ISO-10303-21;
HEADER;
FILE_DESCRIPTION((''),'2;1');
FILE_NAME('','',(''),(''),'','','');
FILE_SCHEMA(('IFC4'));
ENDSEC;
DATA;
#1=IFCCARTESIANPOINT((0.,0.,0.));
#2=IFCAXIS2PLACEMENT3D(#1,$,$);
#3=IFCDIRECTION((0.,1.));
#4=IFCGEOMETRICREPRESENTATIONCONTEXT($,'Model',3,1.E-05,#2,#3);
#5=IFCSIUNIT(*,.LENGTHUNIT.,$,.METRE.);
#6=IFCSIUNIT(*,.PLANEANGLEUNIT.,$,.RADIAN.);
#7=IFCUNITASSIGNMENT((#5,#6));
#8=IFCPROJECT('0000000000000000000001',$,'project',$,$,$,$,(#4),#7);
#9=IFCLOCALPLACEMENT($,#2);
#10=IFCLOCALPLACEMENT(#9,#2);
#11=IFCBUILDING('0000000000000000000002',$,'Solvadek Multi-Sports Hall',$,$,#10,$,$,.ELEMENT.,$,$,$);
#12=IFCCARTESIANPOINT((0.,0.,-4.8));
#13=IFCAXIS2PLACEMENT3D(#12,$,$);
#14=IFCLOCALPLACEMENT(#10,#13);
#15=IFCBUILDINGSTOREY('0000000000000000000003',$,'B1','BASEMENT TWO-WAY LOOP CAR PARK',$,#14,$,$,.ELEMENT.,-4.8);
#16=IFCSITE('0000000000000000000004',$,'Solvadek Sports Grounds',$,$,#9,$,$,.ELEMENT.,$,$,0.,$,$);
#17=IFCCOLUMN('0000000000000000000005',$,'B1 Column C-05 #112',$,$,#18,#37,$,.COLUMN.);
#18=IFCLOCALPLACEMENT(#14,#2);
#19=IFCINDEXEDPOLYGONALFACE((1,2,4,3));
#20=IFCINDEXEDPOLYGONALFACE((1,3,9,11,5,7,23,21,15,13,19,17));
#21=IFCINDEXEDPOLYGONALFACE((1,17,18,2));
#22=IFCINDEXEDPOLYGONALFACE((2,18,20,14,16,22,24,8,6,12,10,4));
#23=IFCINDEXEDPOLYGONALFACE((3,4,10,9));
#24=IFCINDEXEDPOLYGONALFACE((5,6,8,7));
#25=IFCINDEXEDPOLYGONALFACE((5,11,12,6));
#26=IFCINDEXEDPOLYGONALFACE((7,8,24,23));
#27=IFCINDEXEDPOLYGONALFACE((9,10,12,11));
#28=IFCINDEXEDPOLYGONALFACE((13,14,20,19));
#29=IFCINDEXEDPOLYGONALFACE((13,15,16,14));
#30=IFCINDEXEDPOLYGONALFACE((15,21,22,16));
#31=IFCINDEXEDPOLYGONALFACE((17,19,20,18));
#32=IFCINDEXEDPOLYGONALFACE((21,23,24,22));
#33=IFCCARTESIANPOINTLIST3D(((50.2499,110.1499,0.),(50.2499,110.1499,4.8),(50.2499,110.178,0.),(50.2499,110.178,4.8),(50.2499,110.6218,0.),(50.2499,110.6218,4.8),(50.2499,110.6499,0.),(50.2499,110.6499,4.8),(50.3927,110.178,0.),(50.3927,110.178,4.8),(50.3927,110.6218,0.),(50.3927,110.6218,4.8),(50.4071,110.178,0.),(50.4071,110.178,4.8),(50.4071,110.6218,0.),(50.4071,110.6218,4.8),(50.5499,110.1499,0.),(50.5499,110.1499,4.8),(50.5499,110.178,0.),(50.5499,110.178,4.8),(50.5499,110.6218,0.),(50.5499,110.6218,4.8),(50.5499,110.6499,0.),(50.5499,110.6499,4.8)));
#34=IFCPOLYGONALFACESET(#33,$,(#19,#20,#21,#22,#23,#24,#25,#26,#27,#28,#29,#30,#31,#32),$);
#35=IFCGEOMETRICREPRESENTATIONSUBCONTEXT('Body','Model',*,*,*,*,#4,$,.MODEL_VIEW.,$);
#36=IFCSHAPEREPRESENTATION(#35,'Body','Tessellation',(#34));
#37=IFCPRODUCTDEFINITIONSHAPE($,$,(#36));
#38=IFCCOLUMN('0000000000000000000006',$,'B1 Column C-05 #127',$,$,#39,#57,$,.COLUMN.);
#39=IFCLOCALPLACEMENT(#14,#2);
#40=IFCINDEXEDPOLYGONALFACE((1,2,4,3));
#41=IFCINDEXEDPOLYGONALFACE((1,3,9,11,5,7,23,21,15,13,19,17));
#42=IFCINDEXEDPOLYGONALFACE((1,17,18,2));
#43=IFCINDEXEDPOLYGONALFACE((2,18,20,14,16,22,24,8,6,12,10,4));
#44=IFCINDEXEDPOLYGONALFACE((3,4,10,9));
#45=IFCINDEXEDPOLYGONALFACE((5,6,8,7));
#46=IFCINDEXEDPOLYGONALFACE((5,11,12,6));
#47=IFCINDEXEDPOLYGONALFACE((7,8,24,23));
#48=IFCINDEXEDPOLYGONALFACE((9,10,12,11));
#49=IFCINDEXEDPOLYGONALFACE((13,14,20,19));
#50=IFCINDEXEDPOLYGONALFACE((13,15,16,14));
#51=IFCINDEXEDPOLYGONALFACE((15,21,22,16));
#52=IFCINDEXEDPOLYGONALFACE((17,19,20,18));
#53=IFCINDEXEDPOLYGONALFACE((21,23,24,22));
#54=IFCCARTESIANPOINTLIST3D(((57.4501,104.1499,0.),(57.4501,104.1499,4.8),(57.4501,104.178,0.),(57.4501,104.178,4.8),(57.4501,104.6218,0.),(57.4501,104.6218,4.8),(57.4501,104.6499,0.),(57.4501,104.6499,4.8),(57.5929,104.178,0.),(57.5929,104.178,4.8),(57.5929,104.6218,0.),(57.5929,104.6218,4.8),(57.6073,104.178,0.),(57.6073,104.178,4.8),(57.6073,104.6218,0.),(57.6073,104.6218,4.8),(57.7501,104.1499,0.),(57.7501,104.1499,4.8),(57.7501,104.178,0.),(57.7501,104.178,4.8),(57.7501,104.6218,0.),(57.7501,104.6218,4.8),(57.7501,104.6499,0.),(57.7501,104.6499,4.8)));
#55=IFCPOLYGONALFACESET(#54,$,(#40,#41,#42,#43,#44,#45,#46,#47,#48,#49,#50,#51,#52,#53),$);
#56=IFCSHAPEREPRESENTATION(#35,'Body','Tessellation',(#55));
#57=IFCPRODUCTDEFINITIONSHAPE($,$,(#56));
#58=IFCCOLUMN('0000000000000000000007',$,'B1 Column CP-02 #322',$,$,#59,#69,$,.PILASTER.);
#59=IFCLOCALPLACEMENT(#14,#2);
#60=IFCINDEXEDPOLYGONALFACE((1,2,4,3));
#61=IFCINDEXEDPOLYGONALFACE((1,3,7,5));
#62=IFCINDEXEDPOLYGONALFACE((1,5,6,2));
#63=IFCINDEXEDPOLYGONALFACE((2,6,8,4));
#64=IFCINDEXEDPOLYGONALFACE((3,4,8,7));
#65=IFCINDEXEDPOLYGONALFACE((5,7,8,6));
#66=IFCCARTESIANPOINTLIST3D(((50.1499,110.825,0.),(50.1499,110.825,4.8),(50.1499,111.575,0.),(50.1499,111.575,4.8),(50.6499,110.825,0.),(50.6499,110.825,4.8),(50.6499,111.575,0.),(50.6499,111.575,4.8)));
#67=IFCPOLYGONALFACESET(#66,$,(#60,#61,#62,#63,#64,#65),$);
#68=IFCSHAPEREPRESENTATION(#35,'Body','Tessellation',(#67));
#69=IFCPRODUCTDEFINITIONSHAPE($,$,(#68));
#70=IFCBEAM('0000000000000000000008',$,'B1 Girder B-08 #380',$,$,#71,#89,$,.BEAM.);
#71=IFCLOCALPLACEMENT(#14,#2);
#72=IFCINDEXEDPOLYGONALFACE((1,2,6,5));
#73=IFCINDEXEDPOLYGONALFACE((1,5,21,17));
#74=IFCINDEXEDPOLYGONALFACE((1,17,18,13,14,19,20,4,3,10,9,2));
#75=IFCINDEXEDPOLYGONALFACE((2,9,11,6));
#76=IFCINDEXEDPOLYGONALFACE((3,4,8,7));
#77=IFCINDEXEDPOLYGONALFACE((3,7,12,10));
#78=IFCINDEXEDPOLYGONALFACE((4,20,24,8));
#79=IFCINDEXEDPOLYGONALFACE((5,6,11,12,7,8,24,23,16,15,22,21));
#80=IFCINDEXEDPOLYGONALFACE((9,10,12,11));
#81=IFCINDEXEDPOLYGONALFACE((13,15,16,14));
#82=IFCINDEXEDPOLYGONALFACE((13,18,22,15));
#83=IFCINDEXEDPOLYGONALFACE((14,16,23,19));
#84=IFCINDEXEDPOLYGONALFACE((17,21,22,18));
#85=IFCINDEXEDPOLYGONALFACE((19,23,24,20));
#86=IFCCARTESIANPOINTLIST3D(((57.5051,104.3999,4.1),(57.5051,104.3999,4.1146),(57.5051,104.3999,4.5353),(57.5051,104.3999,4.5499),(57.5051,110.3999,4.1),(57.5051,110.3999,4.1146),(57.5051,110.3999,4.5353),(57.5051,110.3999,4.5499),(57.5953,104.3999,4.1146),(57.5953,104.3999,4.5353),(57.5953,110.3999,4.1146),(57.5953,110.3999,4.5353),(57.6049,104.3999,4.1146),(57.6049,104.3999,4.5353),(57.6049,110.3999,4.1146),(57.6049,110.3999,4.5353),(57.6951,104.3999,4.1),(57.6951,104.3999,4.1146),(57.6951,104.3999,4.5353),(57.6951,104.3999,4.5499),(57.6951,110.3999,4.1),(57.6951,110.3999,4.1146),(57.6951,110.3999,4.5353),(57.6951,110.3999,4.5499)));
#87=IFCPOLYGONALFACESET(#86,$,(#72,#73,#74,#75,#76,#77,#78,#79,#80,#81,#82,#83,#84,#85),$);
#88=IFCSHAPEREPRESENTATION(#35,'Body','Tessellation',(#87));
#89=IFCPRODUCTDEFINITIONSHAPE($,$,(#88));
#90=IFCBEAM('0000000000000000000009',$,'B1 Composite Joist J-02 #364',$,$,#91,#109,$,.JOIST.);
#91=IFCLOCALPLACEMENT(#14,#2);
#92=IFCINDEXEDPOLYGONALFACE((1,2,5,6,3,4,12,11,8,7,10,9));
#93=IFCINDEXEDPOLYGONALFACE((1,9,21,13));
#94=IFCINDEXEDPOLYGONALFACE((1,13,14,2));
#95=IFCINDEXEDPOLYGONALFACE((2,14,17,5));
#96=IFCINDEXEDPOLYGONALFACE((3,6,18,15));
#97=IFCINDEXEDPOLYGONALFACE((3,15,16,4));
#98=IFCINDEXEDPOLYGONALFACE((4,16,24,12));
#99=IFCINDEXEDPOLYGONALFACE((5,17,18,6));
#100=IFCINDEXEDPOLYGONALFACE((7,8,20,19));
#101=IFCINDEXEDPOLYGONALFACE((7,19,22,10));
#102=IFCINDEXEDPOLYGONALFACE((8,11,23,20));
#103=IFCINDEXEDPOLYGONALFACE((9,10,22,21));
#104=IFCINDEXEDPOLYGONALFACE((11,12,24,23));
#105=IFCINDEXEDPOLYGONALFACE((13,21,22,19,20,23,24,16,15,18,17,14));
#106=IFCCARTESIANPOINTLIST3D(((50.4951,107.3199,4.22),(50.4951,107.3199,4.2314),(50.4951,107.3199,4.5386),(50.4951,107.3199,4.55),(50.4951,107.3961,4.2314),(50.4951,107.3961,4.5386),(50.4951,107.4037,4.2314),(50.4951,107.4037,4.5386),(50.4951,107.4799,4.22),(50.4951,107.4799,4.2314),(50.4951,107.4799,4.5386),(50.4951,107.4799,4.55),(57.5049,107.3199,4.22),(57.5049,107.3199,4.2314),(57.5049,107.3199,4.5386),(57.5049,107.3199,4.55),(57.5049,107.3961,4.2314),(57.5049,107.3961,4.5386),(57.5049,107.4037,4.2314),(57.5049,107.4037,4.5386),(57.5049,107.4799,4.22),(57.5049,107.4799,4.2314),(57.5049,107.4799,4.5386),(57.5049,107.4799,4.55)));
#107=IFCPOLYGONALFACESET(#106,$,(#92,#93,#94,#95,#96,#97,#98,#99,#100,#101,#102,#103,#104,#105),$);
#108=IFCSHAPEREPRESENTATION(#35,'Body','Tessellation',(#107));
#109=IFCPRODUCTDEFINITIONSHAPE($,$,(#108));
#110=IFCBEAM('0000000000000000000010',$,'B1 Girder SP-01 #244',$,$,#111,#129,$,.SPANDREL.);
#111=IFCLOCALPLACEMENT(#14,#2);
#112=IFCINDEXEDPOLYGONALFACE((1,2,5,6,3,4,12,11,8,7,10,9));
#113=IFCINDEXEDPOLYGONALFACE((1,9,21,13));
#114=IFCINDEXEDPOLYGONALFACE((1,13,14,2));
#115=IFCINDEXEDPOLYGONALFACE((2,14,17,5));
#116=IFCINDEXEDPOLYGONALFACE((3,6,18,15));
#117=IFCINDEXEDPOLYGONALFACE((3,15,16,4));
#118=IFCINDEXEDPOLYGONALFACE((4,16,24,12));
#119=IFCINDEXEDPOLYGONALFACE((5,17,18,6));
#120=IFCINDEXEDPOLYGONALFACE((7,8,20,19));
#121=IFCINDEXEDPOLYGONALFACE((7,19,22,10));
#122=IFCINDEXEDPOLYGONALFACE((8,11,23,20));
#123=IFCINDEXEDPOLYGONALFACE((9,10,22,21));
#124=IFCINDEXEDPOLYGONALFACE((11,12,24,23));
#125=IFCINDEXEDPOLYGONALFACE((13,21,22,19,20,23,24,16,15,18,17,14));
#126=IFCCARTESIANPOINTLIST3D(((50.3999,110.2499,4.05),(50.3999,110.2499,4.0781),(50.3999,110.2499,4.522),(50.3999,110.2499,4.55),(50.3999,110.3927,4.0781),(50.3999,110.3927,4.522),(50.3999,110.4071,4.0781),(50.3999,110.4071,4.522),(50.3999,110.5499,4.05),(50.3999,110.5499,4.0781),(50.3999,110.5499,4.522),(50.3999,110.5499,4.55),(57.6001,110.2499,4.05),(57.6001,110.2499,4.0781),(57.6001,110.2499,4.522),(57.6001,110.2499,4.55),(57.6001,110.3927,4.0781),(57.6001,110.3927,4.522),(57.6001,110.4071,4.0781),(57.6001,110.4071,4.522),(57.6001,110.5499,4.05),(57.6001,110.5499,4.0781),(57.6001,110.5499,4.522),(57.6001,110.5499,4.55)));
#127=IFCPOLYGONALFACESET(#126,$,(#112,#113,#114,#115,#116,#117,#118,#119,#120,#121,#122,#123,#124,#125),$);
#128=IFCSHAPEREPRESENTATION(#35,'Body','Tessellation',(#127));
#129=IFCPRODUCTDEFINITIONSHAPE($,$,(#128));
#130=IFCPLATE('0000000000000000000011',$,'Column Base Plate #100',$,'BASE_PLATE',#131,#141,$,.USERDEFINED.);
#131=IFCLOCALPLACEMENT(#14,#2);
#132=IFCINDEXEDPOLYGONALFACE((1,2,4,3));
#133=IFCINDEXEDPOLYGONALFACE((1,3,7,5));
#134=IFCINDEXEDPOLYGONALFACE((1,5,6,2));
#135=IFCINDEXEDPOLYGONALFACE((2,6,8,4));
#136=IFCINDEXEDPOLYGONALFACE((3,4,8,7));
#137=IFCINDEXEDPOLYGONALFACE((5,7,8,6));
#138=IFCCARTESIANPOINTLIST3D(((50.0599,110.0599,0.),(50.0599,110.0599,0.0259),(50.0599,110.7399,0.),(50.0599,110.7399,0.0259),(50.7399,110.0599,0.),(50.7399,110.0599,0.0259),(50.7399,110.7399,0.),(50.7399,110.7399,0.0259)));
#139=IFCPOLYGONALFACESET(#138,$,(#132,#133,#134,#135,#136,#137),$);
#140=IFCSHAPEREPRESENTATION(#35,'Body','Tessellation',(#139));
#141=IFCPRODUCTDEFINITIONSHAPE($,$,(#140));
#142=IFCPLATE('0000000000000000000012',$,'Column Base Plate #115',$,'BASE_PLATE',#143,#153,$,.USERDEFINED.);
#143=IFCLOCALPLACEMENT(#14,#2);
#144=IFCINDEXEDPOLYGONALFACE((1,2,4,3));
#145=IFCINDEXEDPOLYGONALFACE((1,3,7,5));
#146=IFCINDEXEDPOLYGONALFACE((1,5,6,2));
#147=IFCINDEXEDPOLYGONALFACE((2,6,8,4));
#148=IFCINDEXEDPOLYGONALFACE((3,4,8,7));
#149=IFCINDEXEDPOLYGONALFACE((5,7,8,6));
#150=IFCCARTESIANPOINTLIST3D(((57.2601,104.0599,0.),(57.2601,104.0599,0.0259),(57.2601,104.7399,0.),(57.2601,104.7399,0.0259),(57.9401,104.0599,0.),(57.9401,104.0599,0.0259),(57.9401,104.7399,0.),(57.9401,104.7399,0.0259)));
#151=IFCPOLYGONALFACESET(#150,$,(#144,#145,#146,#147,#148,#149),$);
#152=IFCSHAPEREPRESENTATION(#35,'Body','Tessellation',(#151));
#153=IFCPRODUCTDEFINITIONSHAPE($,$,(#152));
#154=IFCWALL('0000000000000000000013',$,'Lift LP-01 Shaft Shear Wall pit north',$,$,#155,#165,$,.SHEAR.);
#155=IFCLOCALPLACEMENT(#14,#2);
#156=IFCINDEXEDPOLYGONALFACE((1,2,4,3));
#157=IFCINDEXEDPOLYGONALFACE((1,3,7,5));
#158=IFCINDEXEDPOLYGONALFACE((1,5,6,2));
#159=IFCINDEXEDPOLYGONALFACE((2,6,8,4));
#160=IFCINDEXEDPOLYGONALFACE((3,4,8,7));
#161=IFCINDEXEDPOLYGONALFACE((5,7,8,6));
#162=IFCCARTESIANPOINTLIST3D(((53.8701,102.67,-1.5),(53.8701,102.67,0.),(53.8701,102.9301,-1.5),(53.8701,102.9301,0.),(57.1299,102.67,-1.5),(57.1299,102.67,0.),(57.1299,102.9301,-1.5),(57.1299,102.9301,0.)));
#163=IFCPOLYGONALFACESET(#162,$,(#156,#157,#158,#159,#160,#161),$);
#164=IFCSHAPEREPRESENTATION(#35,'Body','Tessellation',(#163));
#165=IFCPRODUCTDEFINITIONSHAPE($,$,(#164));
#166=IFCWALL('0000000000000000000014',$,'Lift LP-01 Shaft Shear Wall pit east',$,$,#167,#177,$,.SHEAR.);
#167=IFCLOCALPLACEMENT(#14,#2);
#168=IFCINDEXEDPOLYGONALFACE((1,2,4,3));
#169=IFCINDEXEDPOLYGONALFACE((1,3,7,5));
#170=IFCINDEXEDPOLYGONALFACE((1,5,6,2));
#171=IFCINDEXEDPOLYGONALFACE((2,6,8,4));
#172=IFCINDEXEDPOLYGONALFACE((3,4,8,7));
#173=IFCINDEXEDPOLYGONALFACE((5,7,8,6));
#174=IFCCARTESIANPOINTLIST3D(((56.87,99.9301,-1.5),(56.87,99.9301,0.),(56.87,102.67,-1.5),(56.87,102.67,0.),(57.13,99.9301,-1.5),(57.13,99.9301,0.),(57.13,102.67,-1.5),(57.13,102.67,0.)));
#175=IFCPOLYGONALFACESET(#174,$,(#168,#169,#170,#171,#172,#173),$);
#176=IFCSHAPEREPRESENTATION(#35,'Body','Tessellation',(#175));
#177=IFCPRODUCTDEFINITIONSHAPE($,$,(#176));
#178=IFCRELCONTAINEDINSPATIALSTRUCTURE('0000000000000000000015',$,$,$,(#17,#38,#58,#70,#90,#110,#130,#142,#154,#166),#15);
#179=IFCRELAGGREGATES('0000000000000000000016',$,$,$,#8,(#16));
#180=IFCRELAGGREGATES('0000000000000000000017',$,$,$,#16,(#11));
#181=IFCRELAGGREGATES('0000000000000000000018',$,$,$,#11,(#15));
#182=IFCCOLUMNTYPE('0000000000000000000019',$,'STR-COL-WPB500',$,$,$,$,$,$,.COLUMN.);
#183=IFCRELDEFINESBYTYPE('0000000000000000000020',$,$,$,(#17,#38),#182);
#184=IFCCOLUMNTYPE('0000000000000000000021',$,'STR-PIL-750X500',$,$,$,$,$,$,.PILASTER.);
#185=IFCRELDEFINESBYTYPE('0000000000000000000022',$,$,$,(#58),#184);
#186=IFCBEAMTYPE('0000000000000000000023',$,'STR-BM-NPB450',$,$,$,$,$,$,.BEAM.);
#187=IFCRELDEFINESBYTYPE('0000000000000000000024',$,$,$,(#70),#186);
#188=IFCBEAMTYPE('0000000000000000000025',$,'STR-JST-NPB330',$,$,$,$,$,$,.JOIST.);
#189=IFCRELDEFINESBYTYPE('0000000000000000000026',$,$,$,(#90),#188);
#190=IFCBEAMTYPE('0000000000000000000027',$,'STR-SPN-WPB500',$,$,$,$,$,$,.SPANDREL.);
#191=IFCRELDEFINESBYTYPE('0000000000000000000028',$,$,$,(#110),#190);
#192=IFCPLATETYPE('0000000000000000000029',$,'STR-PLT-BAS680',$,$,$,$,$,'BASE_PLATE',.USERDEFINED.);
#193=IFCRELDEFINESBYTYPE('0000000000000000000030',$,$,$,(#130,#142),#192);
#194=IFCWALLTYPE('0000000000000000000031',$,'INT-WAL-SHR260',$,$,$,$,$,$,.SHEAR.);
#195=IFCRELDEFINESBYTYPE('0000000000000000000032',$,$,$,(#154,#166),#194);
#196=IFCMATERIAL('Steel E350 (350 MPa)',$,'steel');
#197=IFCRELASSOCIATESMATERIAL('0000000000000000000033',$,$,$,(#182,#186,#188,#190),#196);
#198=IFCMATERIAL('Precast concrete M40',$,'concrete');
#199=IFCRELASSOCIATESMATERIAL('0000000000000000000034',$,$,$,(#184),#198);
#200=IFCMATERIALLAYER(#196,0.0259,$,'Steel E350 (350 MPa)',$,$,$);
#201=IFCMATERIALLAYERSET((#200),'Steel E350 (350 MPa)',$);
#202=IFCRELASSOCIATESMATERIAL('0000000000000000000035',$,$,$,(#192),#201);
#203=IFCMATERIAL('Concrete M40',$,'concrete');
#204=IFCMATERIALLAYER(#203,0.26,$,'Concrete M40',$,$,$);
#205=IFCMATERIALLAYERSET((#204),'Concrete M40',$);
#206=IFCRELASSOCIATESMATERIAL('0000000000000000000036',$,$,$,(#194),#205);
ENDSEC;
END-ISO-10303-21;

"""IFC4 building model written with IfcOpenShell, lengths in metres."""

from ifc_helpers import new_model, si_unit, direction, frame, frame_2d, origin, origin_2d, place, context, subcontext, project, spatial, rectangle, i_section, extrude, material, layer, layer_set, material_profile, profile_set, type_object, element, save


model = new_model("IFC4")

# Units and contexts
model_context = context("Model", 3, precision=1e-05, world=origin(), true_north=direction((0.0, 1.0)))
body_context = subcontext(model_context, "Body", "Model", "MODEL_VIEW")
ifc_project = project(units=[si_unit("LENGTHUNIT", "METRE"), si_unit("PLANEANGLEUNIT", "RADIAN")], contexts=[model_context])

# Site, building, storey
site_placement = place(None, origin())
site = spatial("IfcSite", under=ifc_project, at=site_placement, Name="Solvadek Sports Grounds", CompositionType="ELEMENT", RefElevation=0.0)
building_placement = place(site_placement, origin())
building = spatial("IfcBuilding", under=site, at=building_placement, Name="Solvadek Multi-Sports Hall", CompositionType="ELEMENT")
storey_placement = place(building_placement, frame((0.0, 0.0, -4.8)))
storey = spatial("IfcBuildingStorey", under=building, at=storey_placement, Name="B1", Description="BASEMENT TWO-WAY LOOP CAR PARK", CompositionType="ELEMENT", Elevation=-4.8)

# Shared definitions
ifc_material_1 = material(Name="Concrete M40", Category="concrete")

# Columns
ifc_material_2 = material(Name="Steel E350 (350 MPa)", Category="steel")
ifc_material_profile_1 = material_profile(ifc_material_2, i_section(OverallWidth=0.3, OverallDepth=0.5, WebThickness=0.0144, FlangeThickness=0.0281, at=origin_2d()), Name="WPB 500")
ifc_profile_set_1 = profile_set([ifc_material_profile_1], Name="Steel E350 (350 MPa)")
column_type_1 = type_object("IfcColumnType", Name="STR-COL-WPB500", PredefinedType="COLUMN", material=ifc_profile_set_1)
for number, where, z_axis, x_axis, name in (
    (1, (50.3999, 110.3999, 0.0), (0.0, 0.0, 1.0), (1.0, 0.0, 0.0), "B1 Column C-05 #112"),
    (2, (57.6001, 104.3999, 0.0), (0.0, 0.0, 1.0), (1.0, 0.0, 0.0), "B1 Column C-05 #127"),
):
    element("IfcColumn", number, at=place(storey_placement, frame(where, z_axis=z_axis, x_axis=x_axis)), inside=storey, type_object=column_type_1, Name=name, PredefinedType="COLUMN", context=body_context, shape_type="SweptSolid", body=[
        extrude(i_section(OverallWidth=0.3, OverallDepth=0.5, WebThickness=0.0144, FlangeThickness=0.0281, at=origin_2d()), origin(), (0.0, 0.0, 1.0), 4.8),
    ])
ifc_material_3 = material(Name="Precast concrete M40", Category="concrete")
ifc_material_profile_2 = material_profile(ifc_material_3, rectangle(XDim=0.5, YDim=0.75, at=origin_2d()), Name="RC PILASTER 750x500")
ifc_profile_set_2 = profile_set([ifc_material_profile_2], Name="Precast concrete M40")
column_type_2 = type_object("IfcColumnType", Name="STR-PIL-750X500", PredefinedType="PILASTER", material=ifc_profile_set_2)
column_placement = place(storey_placement, frame((50.3999, 111.2, 0.0), z_axis=(0.0, 0.0, 1.0), x_axis=(1.0, 0.0, 0.0)))
element("IfcColumn", 3, at=column_placement, inside=storey, type_object=column_type_2, Name="B1 Column CP-02 #322", PredefinedType="PILASTER", context=body_context, shape_type="SweptSolid", body=[
    extrude(rectangle(XDim=0.5, YDim=0.75, at=origin_2d()), origin(), (0.0, 0.0, 1.0), 4.8),
])

# Beams
ifc_material_profile_3 = material_profile(ifc_material_2, i_section(OverallWidth=0.1899, OverallDepth=0.45, WebThickness=0.0095, FlangeThickness=0.0146, at=origin_2d()), Name="NPB 450")
ifc_profile_set_3 = profile_set([ifc_material_profile_3], Name="Steel E350 (350 MPa)")
beam_type_1 = type_object("IfcBeamType", Name="STR-BM-NPB450", PredefinedType="BEAM", material=ifc_profile_set_3)
beam_1_placement = place(storey_placement, frame((57.6001, 104.3999, 4.325), z_axis=(0.0, 1.0, 0.0), x_axis=(-1.0, 0.0, 0.0)))
element("IfcBeam", 4, at=beam_1_placement, inside=storey, type_object=beam_type_1, Name="B1 Girder B-08 #380", PredefinedType="BEAM", context=body_context, shape_type="SweptSolid", body=[
    extrude(i_section(OverallWidth=0.1899, OverallDepth=0.45, WebThickness=0.0095, FlangeThickness=0.0146, at=origin_2d()), origin(), (0.0, 0.0, 1.0), 6.0),
])
ifc_material_profile_4 = material_profile(ifc_material_2, i_section(OverallWidth=0.1599, OverallDepth=0.3301, WebThickness=0.0076, FlangeThickness=0.0115, at=origin_2d()), Name="NPB 330")
ifc_profile_set_4 = profile_set([ifc_material_profile_4], Name="Steel E350 (350 MPa)")
beam_type_2 = type_object("IfcBeamType", Name="STR-JST-NPB330", PredefinedType="JOIST", material=ifc_profile_set_4)
beam_2_placement = place(storey_placement, frame((50.4951, 107.3999, 4.385), z_axis=(1.0, 0.0, 0.0), x_axis=(0.0, 1.0, 0.0)))
element("IfcBeam", 5, at=beam_2_placement, inside=storey, type_object=beam_type_2, Name="B1 Composite Joist J-02 #364", PredefinedType="JOIST", context=body_context, shape_type="SweptSolid", body=[
    extrude(i_section(OverallWidth=0.1599, OverallDepth=0.3301, WebThickness=0.0076, FlangeThickness=0.0115, at=origin_2d()), origin(), (0.0, 0.0, 1.0), 7.0098),
])
ifc_material_profile_5 = material_profile(ifc_material_2, i_section(OverallWidth=0.3, OverallDepth=0.5, WebThickness=0.0144, FlangeThickness=0.0281, at=origin_2d()), Name="WPB 500")
ifc_profile_set_5 = profile_set([ifc_material_profile_5], Name="Steel E350 (350 MPa)")
beam_type_3 = type_object("IfcBeamType", Name="STR-SPN-WPB500", PredefinedType="SPANDREL", material=ifc_profile_set_5)
beam_3_placement = place(storey_placement, frame((50.3999, 110.3999, 4.3), z_axis=(1.0, 0.0, 0.0), x_axis=(0.0, 1.0, 0.0)))
element("IfcBeam", 6, at=beam_3_placement, inside=storey, type_object=beam_type_3, Name="B1 Girder SP-01 #244", PredefinedType="SPANDREL", context=body_context, shape_type="SweptSolid", body=[
    extrude(i_section(OverallWidth=0.3, OverallDepth=0.5, WebThickness=0.0144, FlangeThickness=0.0281, at=origin_2d()), origin(), (0.0, 0.0, 1.0), 7.2002),
])

# Plates
ifc_layer_1 = layer(ifc_material_2, 0.0259, Name="Steel E350 (350 MPa)")
ifc_layer_set_1 = layer_set([ifc_layer_1], Name="Steel E350 (350 MPa)")
plate_type = type_object("IfcPlateType", Name="STR-PLT-BAS680", ElementType="BASE_PLATE", PredefinedType="USERDEFINED", material=ifc_layer_set_1)
for number, where, z_axis, x_axis, name in (
    (7, (50.3999, 110.3999, 0.0), (0.0, 0.0, 1.0), (1.0, 0.0, 0.0), "Column Base Plate #100"),
    (8, (57.6001, 104.3999, 0.0), (0.0, 0.0, 1.0), (1.0, 0.0, 0.0), "Column Base Plate #115"),
):
    element("IfcPlate", number, at=place(storey_placement, frame(where, z_axis=z_axis, x_axis=x_axis)), inside=storey, type_object=plate_type, Name=name, ObjectType="BASE_PLATE", PredefinedType="USERDEFINED", context=body_context, shape_type="SweptSolid", body=[
        extrude(rectangle(XDim=0.6799, YDim=0.6799, at=origin_2d()), origin(), (0.0, 0.0, 1.0), 0.0259),
    ])

# Walls
ifc_layer_2 = layer(ifc_material_1, 0.26, Name="Concrete M40")
ifc_layer_set_2 = layer_set([ifc_layer_2], Name="Concrete M40")
wall_type = type_object("IfcWallType", Name="INT-WAL-SHR260", PredefinedType="SHEAR", material=ifc_layer_set_2)
wall_1_placement = place(storey_placement, frame((53.8701, 102.8, -1.5), z_axis=(0.0, 0.0, 1.0), x_axis=(1.0, 0.0, 0.0)))
element("IfcWall", 9, at=wall_1_placement, inside=storey, type_object=wall_type, Name="Lift LP-01 Shaft Shear Wall pit north", PredefinedType="SHEAR", context=body_context, shape_type="SweptSolid", body=[
    extrude(rectangle(XDim=3.2598, YDim=0.26, at=frame_2d((1.6299, 0.0))), origin(), (0.0, 0.0, 1.0), 1.5),
])
wall_2_placement = place(storey_placement, frame((57.0, 99.9299, -1.5), z_axis=(0.0, 0.0, 1.0), x_axis=(0.0, 1.0, 0.0)))
element("IfcWall", 10, at=wall_2_placement, inside=storey, type_object=wall_type, Name="Lift LP-01 Shaft Shear Wall pit east", PredefinedType="SHEAR", context=body_context, shape_type="SweptSolid", body=[
    extrude(rectangle(XDim=2.74, YDim=0.26, at=frame_2d((1.3701, 0.0))), origin(), (0.0, 0.0, 1.0), 1.5),
])

save(model, "model.ifc")
